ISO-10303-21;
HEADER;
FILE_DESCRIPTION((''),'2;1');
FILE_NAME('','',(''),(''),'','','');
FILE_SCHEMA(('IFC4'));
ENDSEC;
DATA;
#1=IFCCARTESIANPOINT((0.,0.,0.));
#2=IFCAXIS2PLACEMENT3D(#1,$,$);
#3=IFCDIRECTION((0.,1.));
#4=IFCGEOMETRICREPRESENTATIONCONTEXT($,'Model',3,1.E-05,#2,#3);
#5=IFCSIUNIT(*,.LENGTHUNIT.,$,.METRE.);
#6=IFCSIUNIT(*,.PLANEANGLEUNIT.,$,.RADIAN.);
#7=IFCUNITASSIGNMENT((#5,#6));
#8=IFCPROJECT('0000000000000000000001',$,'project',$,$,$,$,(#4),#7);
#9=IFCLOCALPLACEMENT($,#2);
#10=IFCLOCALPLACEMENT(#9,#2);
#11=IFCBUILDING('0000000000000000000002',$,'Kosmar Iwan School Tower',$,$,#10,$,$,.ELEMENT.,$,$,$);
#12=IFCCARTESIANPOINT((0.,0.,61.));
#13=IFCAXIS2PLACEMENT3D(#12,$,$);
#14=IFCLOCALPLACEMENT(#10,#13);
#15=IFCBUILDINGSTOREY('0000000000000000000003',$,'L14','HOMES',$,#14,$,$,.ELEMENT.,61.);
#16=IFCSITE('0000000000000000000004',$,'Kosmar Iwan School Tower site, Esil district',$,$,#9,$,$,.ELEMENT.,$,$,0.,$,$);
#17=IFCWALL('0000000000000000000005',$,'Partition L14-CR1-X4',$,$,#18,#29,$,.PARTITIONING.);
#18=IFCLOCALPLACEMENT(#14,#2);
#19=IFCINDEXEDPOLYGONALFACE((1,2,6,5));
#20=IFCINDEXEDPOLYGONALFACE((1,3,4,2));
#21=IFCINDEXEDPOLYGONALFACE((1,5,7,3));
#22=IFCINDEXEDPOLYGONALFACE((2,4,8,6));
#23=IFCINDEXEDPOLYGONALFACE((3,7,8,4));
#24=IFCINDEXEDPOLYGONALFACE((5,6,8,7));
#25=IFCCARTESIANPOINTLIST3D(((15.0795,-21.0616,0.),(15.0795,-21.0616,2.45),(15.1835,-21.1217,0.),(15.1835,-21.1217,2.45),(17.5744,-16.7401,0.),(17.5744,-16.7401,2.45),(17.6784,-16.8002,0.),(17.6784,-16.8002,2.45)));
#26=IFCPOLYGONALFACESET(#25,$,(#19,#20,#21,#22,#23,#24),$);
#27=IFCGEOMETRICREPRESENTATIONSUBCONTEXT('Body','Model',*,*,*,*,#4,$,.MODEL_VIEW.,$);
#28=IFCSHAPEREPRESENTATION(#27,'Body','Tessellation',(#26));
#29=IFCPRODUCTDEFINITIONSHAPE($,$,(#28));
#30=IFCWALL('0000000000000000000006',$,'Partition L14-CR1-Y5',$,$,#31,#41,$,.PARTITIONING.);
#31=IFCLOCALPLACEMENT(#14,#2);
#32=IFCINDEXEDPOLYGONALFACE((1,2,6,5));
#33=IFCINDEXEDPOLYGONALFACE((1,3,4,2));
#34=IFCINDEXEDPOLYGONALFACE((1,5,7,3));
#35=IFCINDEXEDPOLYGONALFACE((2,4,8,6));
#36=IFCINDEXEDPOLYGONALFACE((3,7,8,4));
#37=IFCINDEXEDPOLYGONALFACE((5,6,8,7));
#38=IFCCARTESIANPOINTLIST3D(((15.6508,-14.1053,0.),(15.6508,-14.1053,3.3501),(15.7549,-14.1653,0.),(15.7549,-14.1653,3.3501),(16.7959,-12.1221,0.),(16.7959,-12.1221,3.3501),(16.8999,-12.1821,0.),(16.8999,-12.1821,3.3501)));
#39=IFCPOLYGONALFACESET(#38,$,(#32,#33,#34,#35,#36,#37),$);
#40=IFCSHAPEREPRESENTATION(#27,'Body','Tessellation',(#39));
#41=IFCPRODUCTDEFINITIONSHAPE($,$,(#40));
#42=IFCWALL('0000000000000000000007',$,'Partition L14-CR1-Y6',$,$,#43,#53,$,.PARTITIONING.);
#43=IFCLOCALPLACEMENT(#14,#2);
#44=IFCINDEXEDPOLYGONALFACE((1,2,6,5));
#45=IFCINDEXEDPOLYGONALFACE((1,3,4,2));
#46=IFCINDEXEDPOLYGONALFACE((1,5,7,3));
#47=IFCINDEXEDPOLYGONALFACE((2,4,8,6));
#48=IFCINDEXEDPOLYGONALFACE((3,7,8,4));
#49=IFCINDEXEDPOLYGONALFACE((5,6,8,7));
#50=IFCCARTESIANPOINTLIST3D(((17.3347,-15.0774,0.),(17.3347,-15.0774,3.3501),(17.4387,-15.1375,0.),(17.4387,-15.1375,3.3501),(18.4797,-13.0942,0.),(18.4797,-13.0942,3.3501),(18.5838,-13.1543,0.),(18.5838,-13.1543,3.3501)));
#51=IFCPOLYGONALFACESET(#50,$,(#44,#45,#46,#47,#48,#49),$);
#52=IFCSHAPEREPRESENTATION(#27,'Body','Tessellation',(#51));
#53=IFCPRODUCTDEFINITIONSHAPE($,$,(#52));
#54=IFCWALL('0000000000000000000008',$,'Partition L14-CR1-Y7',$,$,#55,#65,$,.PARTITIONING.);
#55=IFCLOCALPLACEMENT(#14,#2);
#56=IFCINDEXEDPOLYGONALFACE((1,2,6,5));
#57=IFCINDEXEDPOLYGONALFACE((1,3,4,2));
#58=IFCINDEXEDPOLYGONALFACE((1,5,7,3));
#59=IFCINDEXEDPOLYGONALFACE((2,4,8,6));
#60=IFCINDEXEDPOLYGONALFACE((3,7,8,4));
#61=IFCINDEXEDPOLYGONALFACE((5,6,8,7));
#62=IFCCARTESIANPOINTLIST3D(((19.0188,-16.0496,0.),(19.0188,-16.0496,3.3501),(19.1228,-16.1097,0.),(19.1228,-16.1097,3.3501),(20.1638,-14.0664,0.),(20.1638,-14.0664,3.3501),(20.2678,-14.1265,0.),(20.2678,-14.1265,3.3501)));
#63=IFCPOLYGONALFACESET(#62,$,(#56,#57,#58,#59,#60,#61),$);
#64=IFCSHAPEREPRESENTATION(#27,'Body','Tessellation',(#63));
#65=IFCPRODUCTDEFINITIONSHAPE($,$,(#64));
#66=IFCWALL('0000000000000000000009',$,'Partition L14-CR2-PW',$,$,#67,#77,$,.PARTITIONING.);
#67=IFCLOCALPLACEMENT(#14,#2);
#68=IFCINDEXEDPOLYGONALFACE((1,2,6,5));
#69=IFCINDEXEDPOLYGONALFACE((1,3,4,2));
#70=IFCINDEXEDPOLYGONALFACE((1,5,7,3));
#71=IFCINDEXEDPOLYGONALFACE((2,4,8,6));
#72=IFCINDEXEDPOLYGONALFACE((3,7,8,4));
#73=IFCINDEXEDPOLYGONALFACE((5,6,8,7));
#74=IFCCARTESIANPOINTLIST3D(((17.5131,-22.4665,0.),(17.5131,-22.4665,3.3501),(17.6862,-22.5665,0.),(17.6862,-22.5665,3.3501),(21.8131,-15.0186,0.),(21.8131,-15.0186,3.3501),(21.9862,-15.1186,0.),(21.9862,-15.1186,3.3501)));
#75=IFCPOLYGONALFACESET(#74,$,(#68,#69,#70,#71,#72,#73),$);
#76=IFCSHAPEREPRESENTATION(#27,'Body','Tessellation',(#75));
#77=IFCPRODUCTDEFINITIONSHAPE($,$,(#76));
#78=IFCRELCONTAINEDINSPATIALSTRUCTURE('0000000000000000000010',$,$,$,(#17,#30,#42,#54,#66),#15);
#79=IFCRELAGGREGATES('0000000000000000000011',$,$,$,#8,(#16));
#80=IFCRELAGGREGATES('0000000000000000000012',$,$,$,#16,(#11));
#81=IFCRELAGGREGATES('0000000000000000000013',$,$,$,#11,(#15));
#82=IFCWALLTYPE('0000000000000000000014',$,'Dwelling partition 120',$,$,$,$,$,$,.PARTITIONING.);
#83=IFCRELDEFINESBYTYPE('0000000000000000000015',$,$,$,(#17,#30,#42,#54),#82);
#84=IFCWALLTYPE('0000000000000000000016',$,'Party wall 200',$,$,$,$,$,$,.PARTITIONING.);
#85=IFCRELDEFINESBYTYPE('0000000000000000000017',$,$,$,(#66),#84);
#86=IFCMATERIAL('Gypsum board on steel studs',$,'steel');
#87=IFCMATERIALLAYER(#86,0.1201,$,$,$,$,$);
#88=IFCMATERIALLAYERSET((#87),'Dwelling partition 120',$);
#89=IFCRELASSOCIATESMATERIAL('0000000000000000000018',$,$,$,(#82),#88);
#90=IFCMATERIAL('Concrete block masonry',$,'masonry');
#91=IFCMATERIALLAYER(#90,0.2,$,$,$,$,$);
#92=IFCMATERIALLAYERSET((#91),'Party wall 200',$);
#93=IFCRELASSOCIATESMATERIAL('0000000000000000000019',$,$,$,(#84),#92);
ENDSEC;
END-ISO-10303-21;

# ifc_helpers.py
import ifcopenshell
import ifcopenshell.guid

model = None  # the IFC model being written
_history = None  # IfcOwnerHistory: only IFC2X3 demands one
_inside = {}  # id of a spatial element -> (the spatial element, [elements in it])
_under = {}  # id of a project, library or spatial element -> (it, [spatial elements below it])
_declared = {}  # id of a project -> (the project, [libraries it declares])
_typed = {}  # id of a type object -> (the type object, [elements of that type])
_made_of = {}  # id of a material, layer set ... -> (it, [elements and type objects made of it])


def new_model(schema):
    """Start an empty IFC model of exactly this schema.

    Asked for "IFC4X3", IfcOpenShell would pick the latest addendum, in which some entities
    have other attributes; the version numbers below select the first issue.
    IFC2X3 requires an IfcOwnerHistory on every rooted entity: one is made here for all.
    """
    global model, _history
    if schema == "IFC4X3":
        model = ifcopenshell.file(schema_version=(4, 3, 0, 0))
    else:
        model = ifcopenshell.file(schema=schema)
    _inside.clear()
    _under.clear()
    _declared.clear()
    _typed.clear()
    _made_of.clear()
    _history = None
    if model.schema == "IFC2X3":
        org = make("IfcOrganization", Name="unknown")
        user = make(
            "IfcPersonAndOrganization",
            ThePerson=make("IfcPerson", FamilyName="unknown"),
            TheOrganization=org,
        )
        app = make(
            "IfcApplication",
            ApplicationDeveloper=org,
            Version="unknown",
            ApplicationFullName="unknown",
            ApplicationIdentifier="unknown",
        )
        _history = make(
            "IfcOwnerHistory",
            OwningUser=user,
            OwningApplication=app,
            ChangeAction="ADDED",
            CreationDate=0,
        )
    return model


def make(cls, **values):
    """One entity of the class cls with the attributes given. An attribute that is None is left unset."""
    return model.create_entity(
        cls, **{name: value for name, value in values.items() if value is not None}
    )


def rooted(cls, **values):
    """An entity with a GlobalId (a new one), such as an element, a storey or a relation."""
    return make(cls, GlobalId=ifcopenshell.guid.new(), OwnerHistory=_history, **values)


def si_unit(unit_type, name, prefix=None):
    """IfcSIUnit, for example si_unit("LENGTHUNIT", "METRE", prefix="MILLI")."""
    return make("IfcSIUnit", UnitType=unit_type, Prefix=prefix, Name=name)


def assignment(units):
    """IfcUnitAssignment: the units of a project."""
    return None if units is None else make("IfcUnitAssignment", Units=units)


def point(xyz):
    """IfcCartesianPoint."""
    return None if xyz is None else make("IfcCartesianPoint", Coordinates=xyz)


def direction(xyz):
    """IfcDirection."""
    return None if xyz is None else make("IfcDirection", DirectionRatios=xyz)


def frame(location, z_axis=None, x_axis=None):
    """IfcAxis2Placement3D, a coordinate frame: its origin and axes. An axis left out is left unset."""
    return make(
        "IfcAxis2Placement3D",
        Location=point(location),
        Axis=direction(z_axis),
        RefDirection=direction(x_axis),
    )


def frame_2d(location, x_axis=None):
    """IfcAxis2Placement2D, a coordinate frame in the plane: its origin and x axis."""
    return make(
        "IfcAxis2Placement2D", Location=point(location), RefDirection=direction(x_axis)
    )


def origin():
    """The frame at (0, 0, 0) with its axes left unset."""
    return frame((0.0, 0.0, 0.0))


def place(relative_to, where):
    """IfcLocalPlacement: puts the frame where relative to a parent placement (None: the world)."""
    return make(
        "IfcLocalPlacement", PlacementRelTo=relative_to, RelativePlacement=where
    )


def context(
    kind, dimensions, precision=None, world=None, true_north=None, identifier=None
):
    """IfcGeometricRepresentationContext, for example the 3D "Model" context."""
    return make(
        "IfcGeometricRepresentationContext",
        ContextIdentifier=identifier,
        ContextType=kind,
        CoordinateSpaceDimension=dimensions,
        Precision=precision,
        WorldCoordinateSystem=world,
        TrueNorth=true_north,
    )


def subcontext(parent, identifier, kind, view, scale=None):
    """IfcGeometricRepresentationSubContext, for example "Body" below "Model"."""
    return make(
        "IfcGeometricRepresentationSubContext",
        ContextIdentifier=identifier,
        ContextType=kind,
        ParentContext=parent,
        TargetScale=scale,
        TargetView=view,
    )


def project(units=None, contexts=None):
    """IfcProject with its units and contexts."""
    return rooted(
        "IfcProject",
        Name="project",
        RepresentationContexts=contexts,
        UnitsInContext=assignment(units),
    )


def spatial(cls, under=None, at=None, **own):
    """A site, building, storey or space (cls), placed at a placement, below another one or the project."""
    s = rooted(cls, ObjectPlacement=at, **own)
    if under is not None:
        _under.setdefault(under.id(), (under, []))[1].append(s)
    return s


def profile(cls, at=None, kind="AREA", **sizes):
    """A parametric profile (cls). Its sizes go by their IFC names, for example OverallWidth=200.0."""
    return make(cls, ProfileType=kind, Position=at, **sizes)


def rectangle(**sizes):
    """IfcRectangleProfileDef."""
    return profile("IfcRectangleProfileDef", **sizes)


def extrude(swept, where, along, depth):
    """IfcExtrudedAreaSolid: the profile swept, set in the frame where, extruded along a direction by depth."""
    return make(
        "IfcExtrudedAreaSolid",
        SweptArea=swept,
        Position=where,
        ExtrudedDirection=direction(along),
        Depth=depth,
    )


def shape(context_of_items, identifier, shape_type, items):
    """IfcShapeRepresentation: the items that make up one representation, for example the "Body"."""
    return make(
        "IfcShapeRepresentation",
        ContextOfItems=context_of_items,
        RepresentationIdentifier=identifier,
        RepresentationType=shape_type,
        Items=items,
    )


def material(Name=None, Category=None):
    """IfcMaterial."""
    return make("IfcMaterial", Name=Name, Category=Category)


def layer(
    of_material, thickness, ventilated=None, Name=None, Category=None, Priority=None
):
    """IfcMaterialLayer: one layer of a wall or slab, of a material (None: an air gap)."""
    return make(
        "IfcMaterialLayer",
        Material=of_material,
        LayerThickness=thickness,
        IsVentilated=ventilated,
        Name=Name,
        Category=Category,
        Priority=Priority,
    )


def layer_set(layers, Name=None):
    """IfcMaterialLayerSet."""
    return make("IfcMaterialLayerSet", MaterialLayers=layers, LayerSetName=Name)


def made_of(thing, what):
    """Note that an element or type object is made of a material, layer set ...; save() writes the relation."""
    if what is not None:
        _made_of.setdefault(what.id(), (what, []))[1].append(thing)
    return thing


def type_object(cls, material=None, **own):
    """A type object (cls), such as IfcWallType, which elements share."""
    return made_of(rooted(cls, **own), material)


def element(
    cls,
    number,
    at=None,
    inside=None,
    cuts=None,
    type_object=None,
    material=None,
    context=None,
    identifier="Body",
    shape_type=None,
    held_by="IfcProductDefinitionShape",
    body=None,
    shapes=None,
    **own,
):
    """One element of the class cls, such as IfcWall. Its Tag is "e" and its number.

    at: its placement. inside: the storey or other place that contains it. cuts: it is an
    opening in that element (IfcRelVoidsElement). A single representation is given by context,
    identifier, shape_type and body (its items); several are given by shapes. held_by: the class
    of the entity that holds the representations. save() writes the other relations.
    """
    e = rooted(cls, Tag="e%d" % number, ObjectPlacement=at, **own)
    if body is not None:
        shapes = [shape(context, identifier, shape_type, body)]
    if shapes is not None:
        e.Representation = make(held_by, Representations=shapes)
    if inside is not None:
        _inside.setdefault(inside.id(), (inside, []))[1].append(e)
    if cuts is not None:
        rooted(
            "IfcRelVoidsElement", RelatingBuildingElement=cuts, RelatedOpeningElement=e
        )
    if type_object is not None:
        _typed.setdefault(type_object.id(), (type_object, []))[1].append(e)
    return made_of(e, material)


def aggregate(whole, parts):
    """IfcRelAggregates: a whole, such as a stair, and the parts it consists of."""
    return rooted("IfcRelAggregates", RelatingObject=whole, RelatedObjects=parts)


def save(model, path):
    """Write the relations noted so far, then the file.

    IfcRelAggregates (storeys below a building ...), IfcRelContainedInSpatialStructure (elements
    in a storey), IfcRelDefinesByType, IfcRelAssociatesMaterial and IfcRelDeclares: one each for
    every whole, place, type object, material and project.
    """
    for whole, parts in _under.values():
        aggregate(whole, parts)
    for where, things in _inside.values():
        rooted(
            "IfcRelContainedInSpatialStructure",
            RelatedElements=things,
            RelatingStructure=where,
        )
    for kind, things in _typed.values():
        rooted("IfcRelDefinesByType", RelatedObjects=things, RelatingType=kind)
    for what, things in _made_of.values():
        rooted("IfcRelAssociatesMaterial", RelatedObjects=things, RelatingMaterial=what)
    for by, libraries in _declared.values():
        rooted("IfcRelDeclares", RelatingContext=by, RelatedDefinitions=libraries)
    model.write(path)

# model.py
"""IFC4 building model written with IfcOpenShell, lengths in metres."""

from ifc_helpers import new_model, si_unit, direction, frame, frame_2d, origin, place, context, subcontext, project, spatial, rectangle, extrude, material, layer, layer_set, type_object, element, save


model = new_model("IFC4")

# Units and contexts
model_context = context("Model", 3, precision=1e-05, world=origin(), true_north=direction((0.0, 1.0)))
body_context = subcontext(model_context, "Body", "Model", "MODEL_VIEW")
ifc_project = project(units=[si_unit("LENGTHUNIT", "METRE"), si_unit("PLANEANGLEUNIT", "RADIAN")], contexts=[model_context])

# Site, building, storey
site_placement = place(None, origin())
site = spatial("IfcSite", under=ifc_project, at=site_placement, Name="Kosmar Iwan School Tower site, Esil district", CompositionType="ELEMENT", RefElevation=0.0)
building_placement = place(site_placement, origin())
building = spatial("IfcBuilding", under=site, at=building_placement, Name="Kosmar Iwan School Tower", CompositionType="ELEMENT")
storey_placement = place(building_placement, frame((0.0, 0.0, 61.0)))
storey = spatial("IfcBuildingStorey", under=building, at=storey_placement, Name="L14", Description="HOMES", CompositionType="ELEMENT", Elevation=61.0)

# Walls
ifc_material_1 = material(Name="Gypsum board on steel studs", Category="steel")
ifc_layer_1 = layer(ifc_material_1, 0.1201)
ifc_layer_set_1 = layer_set([ifc_layer_1], Name="Dwelling partition 120")
wall_type_1 = type_object("IfcWallType", Name="Dwelling partition 120", PredefinedType="PARTITIONING", material=ifc_layer_set_1)
wall_1_placement = place(storey_placement, frame((17.6265, -16.77, 0.0), z_axis=(0.0, 0.0, 1.0), x_axis=(-0.499975, -0.86604, 0.0)))
element("IfcWall", 1, at=wall_1_placement, inside=storey, type_object=wall_type_1, Name="Partition L14-CR1-X4", PredefinedType="PARTITIONING", context=body_context, shape_type="SweptSolid", body=[
    extrude(rectangle(XDim=4.99, YDim=0.1201, at=frame_2d((2.4951, 0.0))), origin(), (0.0, 0.0, 1.0), 2.45),
])
for number, where, z_axis, x_axis, name in (
    (2, (16.8479, -12.1521, 0.0), (0.0, 0.0, 1.0), (-0.500015, -0.866017, 0.0), "Partition L14-CR1-Y5"),
    (3, (18.5317, -13.1243, 0.0), (0.0, 0.0, 1.0), (-0.500015, -0.866017, 0.0), "Partition L14-CR1-Y6"),
    (4, (20.2158, -14.0964, 0.0), (0.0, 0.0, 1.0), (-0.500015, -0.866017, 0.0), "Partition L14-CR1-Y7"),
):
    element("IfcWall", number, at=place(storey_placement, frame(where, z_axis=z_axis, x_axis=x_axis)), inside=storey, type_object=wall_type_1, Name=name, PredefinedType="PARTITIONING", context=body_context, shape_type="SweptSolid", body=[
        extrude(rectangle(XDim=2.29, YDim=0.1201, at=frame_2d((1.145, 0.0))), origin(), (0.0, 0.0, 1.0), 3.3501),
    ])
ifc_material_2 = material(Name="Concrete block masonry", Category="masonry")
ifc_layer_2 = layer(ifc_material_2, 0.2)
ifc_layer_set_2 = layer_set([ifc_layer_2], Name="Party wall 200")
wall_type_2 = type_object("IfcWallType", Name="Party wall 200", PredefinedType="PARTITIONING", material=ifc_layer_set_2)
wall_2_placement = place(storey_placement, frame((21.8997, -15.0686, 0.0), z_axis=(0.0, 0.0, 1.0), x_axis=(-0.499995, -0.866028, 0.0)))
element("IfcWall", 5, at=wall_2_placement, inside=storey, type_object=wall_type_2, Name="Partition L14-CR2-PW", PredefinedType="PARTITIONING", context=body_context, shape_type="SweptSolid", body=[
    extrude(rectangle(XDim=8.6001, YDim=0.2, at=frame_2d((4.3, 0.0))), origin(), (0.0, 0.0, 1.0), 3.3501),
])

save(model, "model.ifc")
